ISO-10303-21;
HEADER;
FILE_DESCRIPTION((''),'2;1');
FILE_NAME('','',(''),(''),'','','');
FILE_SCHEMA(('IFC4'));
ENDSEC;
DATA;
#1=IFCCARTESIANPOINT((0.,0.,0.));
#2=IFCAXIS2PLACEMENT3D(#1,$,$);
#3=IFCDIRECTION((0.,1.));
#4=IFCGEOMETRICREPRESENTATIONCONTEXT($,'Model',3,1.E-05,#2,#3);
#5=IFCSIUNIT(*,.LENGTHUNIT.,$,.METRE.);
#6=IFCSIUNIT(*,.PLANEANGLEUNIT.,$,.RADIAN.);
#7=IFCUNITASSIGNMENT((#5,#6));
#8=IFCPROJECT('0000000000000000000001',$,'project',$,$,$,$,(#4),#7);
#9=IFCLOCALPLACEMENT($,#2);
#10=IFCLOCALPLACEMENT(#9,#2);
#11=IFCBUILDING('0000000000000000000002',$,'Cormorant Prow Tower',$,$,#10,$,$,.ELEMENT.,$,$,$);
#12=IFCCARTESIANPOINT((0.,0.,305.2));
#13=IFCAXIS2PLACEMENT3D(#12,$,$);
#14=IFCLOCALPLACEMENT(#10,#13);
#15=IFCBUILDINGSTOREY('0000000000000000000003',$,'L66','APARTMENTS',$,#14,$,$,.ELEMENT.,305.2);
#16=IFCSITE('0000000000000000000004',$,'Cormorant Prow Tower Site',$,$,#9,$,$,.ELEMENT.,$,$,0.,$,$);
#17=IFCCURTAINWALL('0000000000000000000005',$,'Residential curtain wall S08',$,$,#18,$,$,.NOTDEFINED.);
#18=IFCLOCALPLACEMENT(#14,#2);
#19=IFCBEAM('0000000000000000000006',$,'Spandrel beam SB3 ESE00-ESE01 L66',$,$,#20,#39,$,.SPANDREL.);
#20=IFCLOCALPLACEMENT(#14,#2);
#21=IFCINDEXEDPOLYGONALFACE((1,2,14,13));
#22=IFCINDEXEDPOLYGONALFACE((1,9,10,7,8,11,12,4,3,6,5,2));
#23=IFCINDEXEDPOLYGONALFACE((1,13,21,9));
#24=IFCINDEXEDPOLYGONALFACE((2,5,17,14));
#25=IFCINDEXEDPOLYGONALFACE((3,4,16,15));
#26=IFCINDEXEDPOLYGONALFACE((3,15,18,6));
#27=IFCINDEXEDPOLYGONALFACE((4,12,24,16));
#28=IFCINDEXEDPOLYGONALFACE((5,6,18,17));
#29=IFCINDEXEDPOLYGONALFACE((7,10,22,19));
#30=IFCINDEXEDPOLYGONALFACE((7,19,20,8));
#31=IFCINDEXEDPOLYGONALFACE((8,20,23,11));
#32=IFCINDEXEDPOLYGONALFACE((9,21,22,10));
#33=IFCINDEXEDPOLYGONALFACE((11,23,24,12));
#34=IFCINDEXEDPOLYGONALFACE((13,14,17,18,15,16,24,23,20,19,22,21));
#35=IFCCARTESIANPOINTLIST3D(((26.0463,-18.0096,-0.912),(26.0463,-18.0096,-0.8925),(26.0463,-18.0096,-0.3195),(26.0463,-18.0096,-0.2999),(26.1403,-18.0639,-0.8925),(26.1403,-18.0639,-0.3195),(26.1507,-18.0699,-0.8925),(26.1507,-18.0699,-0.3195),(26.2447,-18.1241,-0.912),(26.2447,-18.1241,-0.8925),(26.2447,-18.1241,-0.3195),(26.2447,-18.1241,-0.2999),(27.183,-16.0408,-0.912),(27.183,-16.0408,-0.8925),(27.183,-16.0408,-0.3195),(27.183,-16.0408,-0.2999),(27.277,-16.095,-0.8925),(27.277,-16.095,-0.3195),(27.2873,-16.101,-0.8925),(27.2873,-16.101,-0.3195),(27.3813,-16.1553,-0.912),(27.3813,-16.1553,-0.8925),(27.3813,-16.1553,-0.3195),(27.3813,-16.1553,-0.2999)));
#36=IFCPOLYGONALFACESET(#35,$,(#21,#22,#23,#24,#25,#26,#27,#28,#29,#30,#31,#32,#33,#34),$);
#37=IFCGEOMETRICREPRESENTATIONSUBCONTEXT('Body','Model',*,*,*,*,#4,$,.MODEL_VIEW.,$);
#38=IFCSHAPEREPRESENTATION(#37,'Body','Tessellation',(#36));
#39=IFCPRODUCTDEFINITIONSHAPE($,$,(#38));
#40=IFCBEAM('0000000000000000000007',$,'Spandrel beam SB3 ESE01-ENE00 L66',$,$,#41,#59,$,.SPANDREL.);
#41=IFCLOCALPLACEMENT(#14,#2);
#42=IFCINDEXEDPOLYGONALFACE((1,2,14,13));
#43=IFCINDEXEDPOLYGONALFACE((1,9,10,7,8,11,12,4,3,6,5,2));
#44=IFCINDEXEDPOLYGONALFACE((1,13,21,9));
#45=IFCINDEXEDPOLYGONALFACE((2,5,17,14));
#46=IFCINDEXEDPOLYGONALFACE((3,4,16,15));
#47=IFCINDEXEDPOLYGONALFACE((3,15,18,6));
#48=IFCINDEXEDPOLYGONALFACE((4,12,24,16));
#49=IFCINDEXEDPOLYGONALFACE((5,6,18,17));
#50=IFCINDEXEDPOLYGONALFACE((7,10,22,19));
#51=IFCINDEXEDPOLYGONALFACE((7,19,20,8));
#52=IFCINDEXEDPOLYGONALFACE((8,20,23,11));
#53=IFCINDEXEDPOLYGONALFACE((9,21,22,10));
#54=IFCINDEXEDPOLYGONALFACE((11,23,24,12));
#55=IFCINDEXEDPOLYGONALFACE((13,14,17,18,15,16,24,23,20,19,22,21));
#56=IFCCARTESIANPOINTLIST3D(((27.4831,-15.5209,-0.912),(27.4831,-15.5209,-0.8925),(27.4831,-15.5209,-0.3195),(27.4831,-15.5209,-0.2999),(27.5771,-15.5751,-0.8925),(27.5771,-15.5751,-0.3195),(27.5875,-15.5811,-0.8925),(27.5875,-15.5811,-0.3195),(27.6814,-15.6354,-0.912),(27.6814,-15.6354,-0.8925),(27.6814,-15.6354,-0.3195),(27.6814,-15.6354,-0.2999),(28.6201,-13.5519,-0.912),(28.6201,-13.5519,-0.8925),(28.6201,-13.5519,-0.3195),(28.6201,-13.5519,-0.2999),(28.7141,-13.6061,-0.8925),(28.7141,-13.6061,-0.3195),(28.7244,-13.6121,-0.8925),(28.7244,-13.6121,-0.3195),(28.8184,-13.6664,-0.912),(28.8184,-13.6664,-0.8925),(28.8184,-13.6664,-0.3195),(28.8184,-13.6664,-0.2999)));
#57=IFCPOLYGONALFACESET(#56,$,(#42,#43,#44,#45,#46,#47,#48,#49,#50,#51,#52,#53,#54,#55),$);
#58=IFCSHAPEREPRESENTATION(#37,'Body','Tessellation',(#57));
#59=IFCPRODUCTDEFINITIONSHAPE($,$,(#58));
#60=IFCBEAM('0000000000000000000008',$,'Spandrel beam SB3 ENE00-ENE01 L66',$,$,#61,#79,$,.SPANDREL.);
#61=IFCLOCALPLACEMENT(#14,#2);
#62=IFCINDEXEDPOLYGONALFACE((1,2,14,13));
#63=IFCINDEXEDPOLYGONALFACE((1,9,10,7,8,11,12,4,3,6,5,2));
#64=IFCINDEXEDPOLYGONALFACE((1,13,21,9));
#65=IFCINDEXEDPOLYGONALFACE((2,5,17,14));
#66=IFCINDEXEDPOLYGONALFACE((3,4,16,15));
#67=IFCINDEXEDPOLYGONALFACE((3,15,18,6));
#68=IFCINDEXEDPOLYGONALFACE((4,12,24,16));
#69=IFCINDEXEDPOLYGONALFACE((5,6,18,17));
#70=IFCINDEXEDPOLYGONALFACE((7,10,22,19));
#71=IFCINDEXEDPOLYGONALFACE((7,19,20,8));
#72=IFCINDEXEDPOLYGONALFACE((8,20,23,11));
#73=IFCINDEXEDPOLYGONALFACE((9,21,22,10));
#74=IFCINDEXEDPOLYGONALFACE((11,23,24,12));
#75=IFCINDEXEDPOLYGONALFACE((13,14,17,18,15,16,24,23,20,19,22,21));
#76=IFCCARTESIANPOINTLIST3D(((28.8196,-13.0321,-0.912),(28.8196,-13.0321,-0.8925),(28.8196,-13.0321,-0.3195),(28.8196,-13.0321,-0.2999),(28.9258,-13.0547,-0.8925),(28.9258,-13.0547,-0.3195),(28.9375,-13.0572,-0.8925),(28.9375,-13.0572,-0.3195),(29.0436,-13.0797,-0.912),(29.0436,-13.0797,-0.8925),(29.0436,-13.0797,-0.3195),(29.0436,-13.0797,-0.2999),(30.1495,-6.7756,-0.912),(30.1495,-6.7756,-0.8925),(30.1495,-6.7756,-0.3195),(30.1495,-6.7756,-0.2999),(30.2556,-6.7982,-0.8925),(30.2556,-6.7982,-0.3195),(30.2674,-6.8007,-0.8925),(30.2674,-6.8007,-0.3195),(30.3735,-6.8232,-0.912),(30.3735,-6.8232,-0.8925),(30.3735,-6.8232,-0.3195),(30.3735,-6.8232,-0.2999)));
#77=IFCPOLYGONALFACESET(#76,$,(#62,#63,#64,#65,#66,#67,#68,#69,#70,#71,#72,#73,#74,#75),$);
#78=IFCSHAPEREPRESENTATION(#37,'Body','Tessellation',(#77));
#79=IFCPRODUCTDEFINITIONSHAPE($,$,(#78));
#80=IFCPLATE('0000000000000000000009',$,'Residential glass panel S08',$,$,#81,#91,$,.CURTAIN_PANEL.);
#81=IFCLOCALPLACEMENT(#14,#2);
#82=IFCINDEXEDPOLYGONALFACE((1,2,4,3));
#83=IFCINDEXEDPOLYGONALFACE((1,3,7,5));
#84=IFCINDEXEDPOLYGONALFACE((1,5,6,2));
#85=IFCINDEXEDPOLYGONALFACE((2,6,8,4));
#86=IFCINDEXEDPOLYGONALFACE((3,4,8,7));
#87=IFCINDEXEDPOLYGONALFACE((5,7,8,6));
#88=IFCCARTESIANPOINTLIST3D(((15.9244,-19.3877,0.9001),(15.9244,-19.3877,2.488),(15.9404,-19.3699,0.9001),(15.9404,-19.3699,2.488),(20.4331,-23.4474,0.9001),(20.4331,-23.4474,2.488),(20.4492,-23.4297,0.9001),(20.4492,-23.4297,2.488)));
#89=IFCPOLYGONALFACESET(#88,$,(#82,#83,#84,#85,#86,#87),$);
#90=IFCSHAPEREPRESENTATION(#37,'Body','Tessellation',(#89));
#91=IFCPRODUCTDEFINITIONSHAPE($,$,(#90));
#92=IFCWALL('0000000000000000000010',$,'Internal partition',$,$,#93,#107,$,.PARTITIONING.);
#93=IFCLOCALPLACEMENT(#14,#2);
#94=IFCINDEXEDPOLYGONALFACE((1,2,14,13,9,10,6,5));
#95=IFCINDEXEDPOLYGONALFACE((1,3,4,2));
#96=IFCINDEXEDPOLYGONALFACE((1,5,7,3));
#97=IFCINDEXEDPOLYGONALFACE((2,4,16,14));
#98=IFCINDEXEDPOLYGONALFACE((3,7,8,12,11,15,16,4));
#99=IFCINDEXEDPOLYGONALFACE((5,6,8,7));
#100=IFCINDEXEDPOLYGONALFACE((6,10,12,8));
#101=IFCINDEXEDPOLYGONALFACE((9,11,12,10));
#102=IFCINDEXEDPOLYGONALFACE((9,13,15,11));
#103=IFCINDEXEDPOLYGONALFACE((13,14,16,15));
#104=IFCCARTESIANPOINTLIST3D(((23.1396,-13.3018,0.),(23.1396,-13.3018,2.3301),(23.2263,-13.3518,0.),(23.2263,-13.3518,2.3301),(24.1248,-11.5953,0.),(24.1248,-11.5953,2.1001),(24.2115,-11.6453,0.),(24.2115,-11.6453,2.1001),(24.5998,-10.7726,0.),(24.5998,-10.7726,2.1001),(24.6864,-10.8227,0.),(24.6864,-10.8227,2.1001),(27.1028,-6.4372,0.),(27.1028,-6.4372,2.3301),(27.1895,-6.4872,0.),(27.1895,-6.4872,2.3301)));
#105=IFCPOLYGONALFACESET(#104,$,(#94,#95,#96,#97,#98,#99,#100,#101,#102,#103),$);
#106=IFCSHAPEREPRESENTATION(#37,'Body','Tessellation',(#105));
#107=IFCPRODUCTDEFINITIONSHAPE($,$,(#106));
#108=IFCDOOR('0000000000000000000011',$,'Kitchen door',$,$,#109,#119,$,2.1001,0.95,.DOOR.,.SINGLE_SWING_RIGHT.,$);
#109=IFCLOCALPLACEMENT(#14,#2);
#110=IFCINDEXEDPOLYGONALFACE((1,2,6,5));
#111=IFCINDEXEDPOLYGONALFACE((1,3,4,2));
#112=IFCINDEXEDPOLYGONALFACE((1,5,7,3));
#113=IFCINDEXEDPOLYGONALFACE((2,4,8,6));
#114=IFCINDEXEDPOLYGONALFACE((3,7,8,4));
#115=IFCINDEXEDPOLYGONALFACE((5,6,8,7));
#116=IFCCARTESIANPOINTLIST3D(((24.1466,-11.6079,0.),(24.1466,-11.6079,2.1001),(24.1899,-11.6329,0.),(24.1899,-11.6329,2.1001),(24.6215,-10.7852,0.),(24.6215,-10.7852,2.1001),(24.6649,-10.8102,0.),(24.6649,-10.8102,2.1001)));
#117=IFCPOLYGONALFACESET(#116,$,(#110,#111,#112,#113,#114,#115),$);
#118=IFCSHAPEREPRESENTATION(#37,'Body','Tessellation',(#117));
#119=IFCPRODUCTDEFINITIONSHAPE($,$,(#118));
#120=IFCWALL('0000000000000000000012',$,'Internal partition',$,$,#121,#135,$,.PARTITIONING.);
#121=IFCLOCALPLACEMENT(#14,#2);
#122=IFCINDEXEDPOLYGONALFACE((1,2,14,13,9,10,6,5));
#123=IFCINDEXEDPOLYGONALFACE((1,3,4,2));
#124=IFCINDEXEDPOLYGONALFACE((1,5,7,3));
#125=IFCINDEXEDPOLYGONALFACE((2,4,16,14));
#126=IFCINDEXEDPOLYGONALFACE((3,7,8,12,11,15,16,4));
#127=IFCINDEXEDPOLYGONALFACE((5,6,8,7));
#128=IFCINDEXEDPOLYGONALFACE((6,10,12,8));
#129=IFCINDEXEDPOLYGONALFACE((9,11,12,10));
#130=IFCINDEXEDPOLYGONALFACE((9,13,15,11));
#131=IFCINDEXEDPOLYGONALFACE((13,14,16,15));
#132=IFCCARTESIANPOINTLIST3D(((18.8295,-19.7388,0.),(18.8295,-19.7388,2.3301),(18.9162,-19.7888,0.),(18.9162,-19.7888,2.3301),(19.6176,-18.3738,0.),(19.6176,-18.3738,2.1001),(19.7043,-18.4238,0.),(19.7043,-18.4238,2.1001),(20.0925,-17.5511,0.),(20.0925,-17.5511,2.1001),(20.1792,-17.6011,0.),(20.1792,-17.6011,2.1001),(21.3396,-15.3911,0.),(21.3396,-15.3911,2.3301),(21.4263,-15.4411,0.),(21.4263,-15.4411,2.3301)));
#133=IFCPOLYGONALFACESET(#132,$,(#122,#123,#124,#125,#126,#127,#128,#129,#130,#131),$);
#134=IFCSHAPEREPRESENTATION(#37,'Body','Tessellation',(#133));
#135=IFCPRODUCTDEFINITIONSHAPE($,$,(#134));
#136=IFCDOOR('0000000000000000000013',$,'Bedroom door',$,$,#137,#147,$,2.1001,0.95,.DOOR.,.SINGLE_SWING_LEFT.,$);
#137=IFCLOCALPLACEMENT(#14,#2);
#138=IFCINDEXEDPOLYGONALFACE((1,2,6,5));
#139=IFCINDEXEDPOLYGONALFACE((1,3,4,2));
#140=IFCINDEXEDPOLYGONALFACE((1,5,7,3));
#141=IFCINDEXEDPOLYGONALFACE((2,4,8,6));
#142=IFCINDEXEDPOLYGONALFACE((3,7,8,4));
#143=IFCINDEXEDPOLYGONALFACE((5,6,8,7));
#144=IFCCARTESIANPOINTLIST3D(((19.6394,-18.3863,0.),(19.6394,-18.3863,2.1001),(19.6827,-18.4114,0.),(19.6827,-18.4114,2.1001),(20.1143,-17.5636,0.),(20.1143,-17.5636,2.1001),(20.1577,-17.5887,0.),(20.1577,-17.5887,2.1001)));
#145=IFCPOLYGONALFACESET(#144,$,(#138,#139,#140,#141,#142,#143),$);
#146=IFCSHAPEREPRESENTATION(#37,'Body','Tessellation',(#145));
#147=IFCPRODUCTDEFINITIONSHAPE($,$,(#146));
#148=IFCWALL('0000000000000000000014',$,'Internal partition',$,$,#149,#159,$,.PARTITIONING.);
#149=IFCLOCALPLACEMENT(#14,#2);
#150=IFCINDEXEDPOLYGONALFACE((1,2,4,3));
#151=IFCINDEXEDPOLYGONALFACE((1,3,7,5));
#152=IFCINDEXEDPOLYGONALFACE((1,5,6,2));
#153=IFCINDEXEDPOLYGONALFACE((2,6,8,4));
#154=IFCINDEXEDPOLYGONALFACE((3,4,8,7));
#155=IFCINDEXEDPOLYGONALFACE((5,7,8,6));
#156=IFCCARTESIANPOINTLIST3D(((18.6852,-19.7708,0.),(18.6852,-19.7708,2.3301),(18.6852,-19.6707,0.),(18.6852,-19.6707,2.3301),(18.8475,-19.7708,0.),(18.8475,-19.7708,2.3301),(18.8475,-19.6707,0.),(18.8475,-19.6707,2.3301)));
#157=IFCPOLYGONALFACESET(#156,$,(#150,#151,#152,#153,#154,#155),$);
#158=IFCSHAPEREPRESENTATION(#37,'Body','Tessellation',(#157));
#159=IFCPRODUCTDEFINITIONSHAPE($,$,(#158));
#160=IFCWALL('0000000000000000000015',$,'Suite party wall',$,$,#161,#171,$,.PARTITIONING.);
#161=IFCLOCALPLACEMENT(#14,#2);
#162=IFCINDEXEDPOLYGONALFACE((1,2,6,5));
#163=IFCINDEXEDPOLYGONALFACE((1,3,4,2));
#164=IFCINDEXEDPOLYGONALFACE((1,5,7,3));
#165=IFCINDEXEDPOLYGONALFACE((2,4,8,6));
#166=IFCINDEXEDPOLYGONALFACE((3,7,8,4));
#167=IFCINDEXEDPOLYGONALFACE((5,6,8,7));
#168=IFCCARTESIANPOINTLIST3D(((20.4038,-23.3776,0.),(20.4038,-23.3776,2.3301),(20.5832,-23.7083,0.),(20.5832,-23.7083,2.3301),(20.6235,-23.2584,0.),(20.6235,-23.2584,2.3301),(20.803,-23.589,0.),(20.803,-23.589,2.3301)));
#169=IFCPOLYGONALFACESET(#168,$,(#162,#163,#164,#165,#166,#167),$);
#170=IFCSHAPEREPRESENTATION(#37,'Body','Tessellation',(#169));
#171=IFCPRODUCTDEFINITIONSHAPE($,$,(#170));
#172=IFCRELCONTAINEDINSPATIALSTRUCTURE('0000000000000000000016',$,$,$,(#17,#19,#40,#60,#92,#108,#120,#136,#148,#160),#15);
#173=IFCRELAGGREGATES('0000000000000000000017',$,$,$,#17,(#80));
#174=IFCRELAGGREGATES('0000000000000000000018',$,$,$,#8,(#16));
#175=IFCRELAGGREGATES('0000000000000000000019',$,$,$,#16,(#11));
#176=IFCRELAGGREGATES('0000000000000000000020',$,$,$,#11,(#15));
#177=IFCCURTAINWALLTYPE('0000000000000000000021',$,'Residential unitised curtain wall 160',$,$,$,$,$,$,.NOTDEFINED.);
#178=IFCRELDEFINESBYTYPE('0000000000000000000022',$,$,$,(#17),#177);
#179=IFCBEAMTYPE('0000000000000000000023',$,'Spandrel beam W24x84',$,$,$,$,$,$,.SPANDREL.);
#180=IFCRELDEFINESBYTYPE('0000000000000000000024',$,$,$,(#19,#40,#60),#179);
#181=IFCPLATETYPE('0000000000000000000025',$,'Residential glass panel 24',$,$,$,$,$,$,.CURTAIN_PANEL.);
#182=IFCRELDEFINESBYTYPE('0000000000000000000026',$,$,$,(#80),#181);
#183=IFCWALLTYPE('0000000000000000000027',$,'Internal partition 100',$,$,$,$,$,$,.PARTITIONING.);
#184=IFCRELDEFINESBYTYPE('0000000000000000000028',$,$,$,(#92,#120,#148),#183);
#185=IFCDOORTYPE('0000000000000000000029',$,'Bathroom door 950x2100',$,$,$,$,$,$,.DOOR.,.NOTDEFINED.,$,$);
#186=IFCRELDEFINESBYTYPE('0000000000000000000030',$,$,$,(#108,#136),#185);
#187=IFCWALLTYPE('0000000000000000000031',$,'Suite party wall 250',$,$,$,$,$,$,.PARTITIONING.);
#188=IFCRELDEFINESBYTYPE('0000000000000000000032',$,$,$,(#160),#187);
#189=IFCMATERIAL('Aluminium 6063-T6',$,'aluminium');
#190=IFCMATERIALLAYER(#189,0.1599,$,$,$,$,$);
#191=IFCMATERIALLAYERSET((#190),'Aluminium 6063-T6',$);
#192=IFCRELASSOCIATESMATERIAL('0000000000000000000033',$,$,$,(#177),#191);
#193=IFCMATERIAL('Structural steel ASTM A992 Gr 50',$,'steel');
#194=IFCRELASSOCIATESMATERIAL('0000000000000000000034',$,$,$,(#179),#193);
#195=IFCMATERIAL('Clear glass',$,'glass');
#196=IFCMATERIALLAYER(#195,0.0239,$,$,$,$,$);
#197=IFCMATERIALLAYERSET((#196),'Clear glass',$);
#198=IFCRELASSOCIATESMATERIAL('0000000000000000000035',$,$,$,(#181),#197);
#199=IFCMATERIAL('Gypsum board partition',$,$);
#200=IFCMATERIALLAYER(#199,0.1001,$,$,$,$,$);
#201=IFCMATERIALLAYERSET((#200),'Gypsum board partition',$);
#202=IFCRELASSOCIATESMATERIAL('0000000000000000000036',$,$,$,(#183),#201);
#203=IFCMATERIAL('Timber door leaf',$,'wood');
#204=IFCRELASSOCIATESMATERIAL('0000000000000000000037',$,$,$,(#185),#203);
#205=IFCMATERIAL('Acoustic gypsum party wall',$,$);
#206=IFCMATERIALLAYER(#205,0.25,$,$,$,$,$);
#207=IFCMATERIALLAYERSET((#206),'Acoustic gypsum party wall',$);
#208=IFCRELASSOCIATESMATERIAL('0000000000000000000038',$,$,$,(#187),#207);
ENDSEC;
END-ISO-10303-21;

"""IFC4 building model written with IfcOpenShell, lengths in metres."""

from ifc_helpers import new_model, si_unit, direction, frame, frame_2d, origin, origin_2d, place, context, subcontext, project, spatial, rectangle, i_section, extrude, material, layer, layer_set, material_profile, profile_set, type_object, element, fill, aggregate, save


model = new_model("IFC4")

# Units and contexts
model_context = context("Model", 3, precision=1e-05, world=origin(), true_north=direction((0.0, 1.0)))
body_context = subcontext(model_context, "Body", "Model", "MODEL_VIEW")
ifc_project = project(units=[si_unit("LENGTHUNIT", "METRE"), si_unit("PLANEANGLEUNIT", "RADIAN")], contexts=[model_context])

# Site, building, storey
site_placement = place(None, origin())
site = spatial("IfcSite", under=ifc_project, at=site_placement, Name="Cormorant Prow Tower Site", CompositionType="ELEMENT", RefElevation=0.0)
building_placement = place(site_placement, origin())
building = spatial("IfcBuilding", under=site, at=building_placement, Name="Cormorant Prow Tower", CompositionType="ELEMENT")
storey_placement = place(building_placement, frame((0.0, 0.0, 305.2)))
storey = spatial("IfcBuildingStorey", under=building, at=storey_placement, Name="L66", Description="APARTMENTS", CompositionType="ELEMENT", Elevation=305.2)

# Curtain wall
ifc_material_1 = material(Name="Aluminium 6063-T6", Category="aluminium")
ifc_layer_1 = layer(ifc_material_1, 0.1599)
ifc_layer_set_1 = layer_set([ifc_layer_1], Name="Aluminium 6063-T6")
curtain_wall_type = type_object("IfcCurtainWallType", Name="Residential unitised curtain wall 160", PredefinedType="NOTDEFINED", material=ifc_layer_set_1)
curtain_wall_placement = place(storey_placement, origin())
curtain_wall = element("IfcCurtainWall", 1, at=curtain_wall_placement, inside=storey, type_object=curtain_wall_type, Name="Residential curtain wall S08", PredefinedType="NOTDEFINED")

# Beams
ifc_material_2 = material(Name="Structural steel ASTM A992 Gr 50", Category="steel")
ifc_material_profile_1 = material_profile(ifc_material_2, i_section(OverallWidth=0.229, OverallDepth=0.6121, WebThickness=0.012, FlangeThickness=0.0195, at=origin_2d()), Name="W24x84")
ifc_profile_set_1 = profile_set([ifc_material_profile_1], Name="Structural steel ASTM A992 Gr 50")
beam_type = type_object("IfcBeamType", Name="Spandrel beam W24x84", PredefinedType="SPANDREL", material=ifc_profile_set_1)
beam_1_placement = place(storey_placement, frame((26.1455, -18.0669, -0.606), z_axis=(0.499973, 0.866041, 0.0), x_axis=(-0.866041, 0.499973, 0.0)))
element("IfcBeam", 2, at=beam_1_placement, inside=storey, type_object=beam_type, Name="Spandrel beam SB3 ESE00-ESE01 L66", PredefinedType="SPANDREL", context=body_context, shape_type="SweptSolid", body=[
    extrude(i_section(OverallWidth=0.229, OverallDepth=0.6121, WebThickness=0.012, FlangeThickness=0.0195, at=origin_2d()), origin(), (0.0, 0.0, 1.0), 2.2734),
])
beam_2_placement = place(storey_placement, frame((27.5823, -15.5781, -0.606), z_axis=(0.500054, 0.865994, 0.0), x_axis=(-0.865994, 0.500054, 0.0)))
element("IfcBeam", 3, at=beam_2_placement, inside=storey, type_object=beam_type, Name="Spandrel beam SB3 ESE01-ENE00 L66", PredefinedType="SPANDREL", context=body_context, shape_type="SweptSolid", body=[
    extrude(i_section(OverallWidth=0.229, OverallDepth=0.6121, WebThickness=0.012, FlangeThickness=0.0195, at=origin_2d()), origin(), (0.0, 0.0, 1.0), 2.2737),
])
beam_3_placement = place(storey_placement, frame((28.9316, -13.0559, -0.606), z_axis=(0.207913, 0.978147, 0.0), x_axis=(-0.978147, 0.207913, 0.0)))
element("IfcBeam", 4, at=beam_3_placement, inside=storey, type_object=beam_type, Name="Spandrel beam SB3 ENE00-ENE01 L66", PredefinedType="SPANDREL", context=body_context, shape_type="SweptSolid", body=[
    extrude(i_section(OverallWidth=0.229, OverallDepth=0.6121, WebThickness=0.012, FlangeThickness=0.0195, at=origin_2d()), origin(), (0.0, 0.0, 1.0), 6.3962),
])

# Plate
ifc_material_3 = material(Name="Clear glass", Category="glass")
ifc_layer_2 = layer(ifc_material_3, 0.0239)
ifc_layer_set_2 = layer_set([ifc_layer_2], Name="Clear glass")
plate_type = type_object("IfcPlateType", Name="Residential glass panel 24", PredefinedType="CURTAIN_PANEL", material=ifc_layer_set_2)
plate_placement = place(storey_placement, frame((18.1868, -21.4087, 0.9001), z_axis=(0.0, 0.0, 1.0), x_axis=(0.743145, -0.669131, 0.0)))
plate = element("IfcPlate", 5, at=plate_placement, type_object=plate_type, Name="Residential glass panel S08", PredefinedType="CURTAIN_PANEL", context=body_context, shape_type="SweptSolid", body=[
    extrude(rectangle(XDim=6.0671, YDim=0.0239, at=origin_2d()), origin(), (0.0, 0.0, 1.0), 1.5879),
])
aggregate(curtain_wall, [plate])

# Walls, openings, doors
ifc_material_4 = material(Name="Gypsum board partition")
ifc_layer_3 = layer(ifc_material_4, 0.1001)
ifc_layer_set_3 = layer_set([ifc_layer_3], Name="Gypsum board partition")
wall_type_1 = type_object("IfcWallType", Name="Internal partition 100", PredefinedType="PARTITIONING", material=ifc_layer_set_3)
wall_1_placement = place(storey_placement, frame((23.1829, -13.3269, 0.0), z_axis=(0.0, 0.0, 1.0), x_axis=(0.499992, 0.86603, 0.0)))
wall_1 = element("IfcWall", 6, at=wall_1_placement, inside=storey, type_object=wall_type_1, Name="Internal partition", PredefinedType="PARTITIONING", context=body_context, shape_type="SweptSolid", body=[
    extrude(rectangle(XDim=7.9265, YDim=0.1001, at=frame_2d((3.9634, 0.0))), origin(), (0.0, 0.0, 1.0), 2.3301),
])
opening_1_placement = place(wall_1_placement, frame((1.9705, 0.0, 0.0)))
opening_1 = element("IfcOpeningElement", 7, at=opening_1_placement, cuts=wall_1, PredefinedType="OPENING", context=body_context, shape_type="SweptSolid", body=[
    extrude(rectangle(XDim=0.95, YDim=2.1001, at=frame_2d((0.4751, 1.05))), frame((0.0, 0.0601, 0.0), z_axis=(0.0, -1.0, 0.0), x_axis=(1.0, 0.0, 0.0)), (0.0, 0.0, 1.0), 0.1201),
])
ifc_material_5 = material(Name="Timber door leaf", Category="wood")
door_type_1 = type_object("IfcDoorType", Name="Bathroom door 950x2100", OperationType="NOTDEFINED", PredefinedType="DOOR", material=ifc_material_5)
door_1_placement = place(opening_1_placement, origin())
door_1 = element("IfcDoor", 8, at=door_1_placement, inside=storey, type_object=door_type_1, Name="Kitchen door", OperationType="SINGLE_SWING_RIGHT", OverallHeight=2.1001, OverallWidth=0.95, PredefinedType="DOOR", context=body_context, shape_type="SweptSolid", body=[
    extrude(rectangle(XDim=0.95, YDim=2.1001, at=frame_2d((0.4751, 1.05))), frame((0.0, 0.0249, 0.0), z_axis=(0.0, -1.0, 0.0), x_axis=(1.0, 0.0, 0.0)), (0.0, 0.0, 1.0), 0.05),
])
fill(opening_1, door_1)
wall_2_placement = place(storey_placement, frame((18.8728, -19.7639, 0.0), z_axis=(0.0, 0.0, 1.0), x_axis=(0.499983, 0.866035, 0.0)))
wall_2 = element("IfcWall", 9, at=wall_2_placement, inside=storey, type_object=wall_type_1, Name="Internal partition", PredefinedType="PARTITIONING", context=body_context, shape_type="SweptSolid", body=[
    extrude(rectangle(XDim=5.0203, YDim=0.1001, at=frame_2d((2.5103, 0.0))), origin(), (0.0, 0.0, 1.0), 2.3301),
])
opening_2_placement = place(wall_2_placement, frame((1.5762, 0.0, 0.0)))
opening_2 = element("IfcOpeningElement", 10, at=opening_2_placement, cuts=wall_2, PredefinedType="OPENING", context=body_context, shape_type="SweptSolid", body=[
    extrude(rectangle(XDim=0.95, YDim=2.1001, at=frame_2d((0.4751, 1.05))), frame((0.0, 0.0601, 0.0), z_axis=(0.0, -1.0, 0.0), x_axis=(1.0, 0.0, 0.0)), (0.0, 0.0, 1.0), 0.1201),
])
door_2_placement = place(opening_2_placement, origin())
door_2 = element("IfcDoor", 11, at=door_2_placement, inside=storey, type_object=door_type_1, Name="Bedroom door", OperationType="SINGLE_SWING_LEFT", OverallHeight=2.1001, OverallWidth=0.95, PredefinedType="DOOR", context=body_context, shape_type="SweptSolid", body=[
    extrude(rectangle(XDim=0.95, YDim=2.1001, at=frame_2d((0.4751, 1.05))), frame((0.0, 0.0249, 0.0), z_axis=(0.0, -1.0, 0.0), x_axis=(1.0, 0.0, 0.0)), (0.0, 0.0, 1.0), 0.05),
])
fill(opening_2, door_2)

# Walls
wall_3_placement = place(storey_placement, frame((18.6853, -19.7207, 0.0), z_axis=(0.0, 0.0, 1.0), x_axis=(1.0, 0.0, 0.0)))
element("IfcWall", 12, at=wall_3_placement, inside=storey, type_object=wall_type_1, Name="Internal partition", PredefinedType="PARTITIONING", context=body_context, shape_type="SweptSolid", body=[
    extrude(rectangle(XDim=0.1624, YDim=0.1001, at=frame_2d((0.0811, 0.0))), origin(), (0.0, 0.0, 1.0), 2.3301),
])
ifc_material_6 = material(Name="Acoustic gypsum party wall")
ifc_layer_4 = layer(ifc_material_6, 0.25)
ifc_layer_set_4 = layer_set([ifc_layer_4], Name="Acoustic gypsum party wall")
wall_type_2 = type_object("IfcWallType", Name="Suite party wall 250", PredefinedType="PARTITIONING", material=ifc_layer_set_4)
wall_4_placement = place(storey_placement, frame((20.5137, -23.3181, 0.0), z_axis=(0.0, 0.0, 1.0), x_axis=(0.477078, -0.878861, 0.0)))
element("IfcWall", 13, at=wall_4_placement, inside=storey, type_object=wall_type_2, Name="Suite party wall", PredefinedType="PARTITIONING", context=body_context, shape_type="SweptSolid", body=[
    extrude(rectangle(XDim=0.3762, YDim=0.25, at=frame_2d((0.188, 0.0))), origin(), (0.0, 0.0, 1.0), 2.3301),
])

save(model, "model.ifc")
